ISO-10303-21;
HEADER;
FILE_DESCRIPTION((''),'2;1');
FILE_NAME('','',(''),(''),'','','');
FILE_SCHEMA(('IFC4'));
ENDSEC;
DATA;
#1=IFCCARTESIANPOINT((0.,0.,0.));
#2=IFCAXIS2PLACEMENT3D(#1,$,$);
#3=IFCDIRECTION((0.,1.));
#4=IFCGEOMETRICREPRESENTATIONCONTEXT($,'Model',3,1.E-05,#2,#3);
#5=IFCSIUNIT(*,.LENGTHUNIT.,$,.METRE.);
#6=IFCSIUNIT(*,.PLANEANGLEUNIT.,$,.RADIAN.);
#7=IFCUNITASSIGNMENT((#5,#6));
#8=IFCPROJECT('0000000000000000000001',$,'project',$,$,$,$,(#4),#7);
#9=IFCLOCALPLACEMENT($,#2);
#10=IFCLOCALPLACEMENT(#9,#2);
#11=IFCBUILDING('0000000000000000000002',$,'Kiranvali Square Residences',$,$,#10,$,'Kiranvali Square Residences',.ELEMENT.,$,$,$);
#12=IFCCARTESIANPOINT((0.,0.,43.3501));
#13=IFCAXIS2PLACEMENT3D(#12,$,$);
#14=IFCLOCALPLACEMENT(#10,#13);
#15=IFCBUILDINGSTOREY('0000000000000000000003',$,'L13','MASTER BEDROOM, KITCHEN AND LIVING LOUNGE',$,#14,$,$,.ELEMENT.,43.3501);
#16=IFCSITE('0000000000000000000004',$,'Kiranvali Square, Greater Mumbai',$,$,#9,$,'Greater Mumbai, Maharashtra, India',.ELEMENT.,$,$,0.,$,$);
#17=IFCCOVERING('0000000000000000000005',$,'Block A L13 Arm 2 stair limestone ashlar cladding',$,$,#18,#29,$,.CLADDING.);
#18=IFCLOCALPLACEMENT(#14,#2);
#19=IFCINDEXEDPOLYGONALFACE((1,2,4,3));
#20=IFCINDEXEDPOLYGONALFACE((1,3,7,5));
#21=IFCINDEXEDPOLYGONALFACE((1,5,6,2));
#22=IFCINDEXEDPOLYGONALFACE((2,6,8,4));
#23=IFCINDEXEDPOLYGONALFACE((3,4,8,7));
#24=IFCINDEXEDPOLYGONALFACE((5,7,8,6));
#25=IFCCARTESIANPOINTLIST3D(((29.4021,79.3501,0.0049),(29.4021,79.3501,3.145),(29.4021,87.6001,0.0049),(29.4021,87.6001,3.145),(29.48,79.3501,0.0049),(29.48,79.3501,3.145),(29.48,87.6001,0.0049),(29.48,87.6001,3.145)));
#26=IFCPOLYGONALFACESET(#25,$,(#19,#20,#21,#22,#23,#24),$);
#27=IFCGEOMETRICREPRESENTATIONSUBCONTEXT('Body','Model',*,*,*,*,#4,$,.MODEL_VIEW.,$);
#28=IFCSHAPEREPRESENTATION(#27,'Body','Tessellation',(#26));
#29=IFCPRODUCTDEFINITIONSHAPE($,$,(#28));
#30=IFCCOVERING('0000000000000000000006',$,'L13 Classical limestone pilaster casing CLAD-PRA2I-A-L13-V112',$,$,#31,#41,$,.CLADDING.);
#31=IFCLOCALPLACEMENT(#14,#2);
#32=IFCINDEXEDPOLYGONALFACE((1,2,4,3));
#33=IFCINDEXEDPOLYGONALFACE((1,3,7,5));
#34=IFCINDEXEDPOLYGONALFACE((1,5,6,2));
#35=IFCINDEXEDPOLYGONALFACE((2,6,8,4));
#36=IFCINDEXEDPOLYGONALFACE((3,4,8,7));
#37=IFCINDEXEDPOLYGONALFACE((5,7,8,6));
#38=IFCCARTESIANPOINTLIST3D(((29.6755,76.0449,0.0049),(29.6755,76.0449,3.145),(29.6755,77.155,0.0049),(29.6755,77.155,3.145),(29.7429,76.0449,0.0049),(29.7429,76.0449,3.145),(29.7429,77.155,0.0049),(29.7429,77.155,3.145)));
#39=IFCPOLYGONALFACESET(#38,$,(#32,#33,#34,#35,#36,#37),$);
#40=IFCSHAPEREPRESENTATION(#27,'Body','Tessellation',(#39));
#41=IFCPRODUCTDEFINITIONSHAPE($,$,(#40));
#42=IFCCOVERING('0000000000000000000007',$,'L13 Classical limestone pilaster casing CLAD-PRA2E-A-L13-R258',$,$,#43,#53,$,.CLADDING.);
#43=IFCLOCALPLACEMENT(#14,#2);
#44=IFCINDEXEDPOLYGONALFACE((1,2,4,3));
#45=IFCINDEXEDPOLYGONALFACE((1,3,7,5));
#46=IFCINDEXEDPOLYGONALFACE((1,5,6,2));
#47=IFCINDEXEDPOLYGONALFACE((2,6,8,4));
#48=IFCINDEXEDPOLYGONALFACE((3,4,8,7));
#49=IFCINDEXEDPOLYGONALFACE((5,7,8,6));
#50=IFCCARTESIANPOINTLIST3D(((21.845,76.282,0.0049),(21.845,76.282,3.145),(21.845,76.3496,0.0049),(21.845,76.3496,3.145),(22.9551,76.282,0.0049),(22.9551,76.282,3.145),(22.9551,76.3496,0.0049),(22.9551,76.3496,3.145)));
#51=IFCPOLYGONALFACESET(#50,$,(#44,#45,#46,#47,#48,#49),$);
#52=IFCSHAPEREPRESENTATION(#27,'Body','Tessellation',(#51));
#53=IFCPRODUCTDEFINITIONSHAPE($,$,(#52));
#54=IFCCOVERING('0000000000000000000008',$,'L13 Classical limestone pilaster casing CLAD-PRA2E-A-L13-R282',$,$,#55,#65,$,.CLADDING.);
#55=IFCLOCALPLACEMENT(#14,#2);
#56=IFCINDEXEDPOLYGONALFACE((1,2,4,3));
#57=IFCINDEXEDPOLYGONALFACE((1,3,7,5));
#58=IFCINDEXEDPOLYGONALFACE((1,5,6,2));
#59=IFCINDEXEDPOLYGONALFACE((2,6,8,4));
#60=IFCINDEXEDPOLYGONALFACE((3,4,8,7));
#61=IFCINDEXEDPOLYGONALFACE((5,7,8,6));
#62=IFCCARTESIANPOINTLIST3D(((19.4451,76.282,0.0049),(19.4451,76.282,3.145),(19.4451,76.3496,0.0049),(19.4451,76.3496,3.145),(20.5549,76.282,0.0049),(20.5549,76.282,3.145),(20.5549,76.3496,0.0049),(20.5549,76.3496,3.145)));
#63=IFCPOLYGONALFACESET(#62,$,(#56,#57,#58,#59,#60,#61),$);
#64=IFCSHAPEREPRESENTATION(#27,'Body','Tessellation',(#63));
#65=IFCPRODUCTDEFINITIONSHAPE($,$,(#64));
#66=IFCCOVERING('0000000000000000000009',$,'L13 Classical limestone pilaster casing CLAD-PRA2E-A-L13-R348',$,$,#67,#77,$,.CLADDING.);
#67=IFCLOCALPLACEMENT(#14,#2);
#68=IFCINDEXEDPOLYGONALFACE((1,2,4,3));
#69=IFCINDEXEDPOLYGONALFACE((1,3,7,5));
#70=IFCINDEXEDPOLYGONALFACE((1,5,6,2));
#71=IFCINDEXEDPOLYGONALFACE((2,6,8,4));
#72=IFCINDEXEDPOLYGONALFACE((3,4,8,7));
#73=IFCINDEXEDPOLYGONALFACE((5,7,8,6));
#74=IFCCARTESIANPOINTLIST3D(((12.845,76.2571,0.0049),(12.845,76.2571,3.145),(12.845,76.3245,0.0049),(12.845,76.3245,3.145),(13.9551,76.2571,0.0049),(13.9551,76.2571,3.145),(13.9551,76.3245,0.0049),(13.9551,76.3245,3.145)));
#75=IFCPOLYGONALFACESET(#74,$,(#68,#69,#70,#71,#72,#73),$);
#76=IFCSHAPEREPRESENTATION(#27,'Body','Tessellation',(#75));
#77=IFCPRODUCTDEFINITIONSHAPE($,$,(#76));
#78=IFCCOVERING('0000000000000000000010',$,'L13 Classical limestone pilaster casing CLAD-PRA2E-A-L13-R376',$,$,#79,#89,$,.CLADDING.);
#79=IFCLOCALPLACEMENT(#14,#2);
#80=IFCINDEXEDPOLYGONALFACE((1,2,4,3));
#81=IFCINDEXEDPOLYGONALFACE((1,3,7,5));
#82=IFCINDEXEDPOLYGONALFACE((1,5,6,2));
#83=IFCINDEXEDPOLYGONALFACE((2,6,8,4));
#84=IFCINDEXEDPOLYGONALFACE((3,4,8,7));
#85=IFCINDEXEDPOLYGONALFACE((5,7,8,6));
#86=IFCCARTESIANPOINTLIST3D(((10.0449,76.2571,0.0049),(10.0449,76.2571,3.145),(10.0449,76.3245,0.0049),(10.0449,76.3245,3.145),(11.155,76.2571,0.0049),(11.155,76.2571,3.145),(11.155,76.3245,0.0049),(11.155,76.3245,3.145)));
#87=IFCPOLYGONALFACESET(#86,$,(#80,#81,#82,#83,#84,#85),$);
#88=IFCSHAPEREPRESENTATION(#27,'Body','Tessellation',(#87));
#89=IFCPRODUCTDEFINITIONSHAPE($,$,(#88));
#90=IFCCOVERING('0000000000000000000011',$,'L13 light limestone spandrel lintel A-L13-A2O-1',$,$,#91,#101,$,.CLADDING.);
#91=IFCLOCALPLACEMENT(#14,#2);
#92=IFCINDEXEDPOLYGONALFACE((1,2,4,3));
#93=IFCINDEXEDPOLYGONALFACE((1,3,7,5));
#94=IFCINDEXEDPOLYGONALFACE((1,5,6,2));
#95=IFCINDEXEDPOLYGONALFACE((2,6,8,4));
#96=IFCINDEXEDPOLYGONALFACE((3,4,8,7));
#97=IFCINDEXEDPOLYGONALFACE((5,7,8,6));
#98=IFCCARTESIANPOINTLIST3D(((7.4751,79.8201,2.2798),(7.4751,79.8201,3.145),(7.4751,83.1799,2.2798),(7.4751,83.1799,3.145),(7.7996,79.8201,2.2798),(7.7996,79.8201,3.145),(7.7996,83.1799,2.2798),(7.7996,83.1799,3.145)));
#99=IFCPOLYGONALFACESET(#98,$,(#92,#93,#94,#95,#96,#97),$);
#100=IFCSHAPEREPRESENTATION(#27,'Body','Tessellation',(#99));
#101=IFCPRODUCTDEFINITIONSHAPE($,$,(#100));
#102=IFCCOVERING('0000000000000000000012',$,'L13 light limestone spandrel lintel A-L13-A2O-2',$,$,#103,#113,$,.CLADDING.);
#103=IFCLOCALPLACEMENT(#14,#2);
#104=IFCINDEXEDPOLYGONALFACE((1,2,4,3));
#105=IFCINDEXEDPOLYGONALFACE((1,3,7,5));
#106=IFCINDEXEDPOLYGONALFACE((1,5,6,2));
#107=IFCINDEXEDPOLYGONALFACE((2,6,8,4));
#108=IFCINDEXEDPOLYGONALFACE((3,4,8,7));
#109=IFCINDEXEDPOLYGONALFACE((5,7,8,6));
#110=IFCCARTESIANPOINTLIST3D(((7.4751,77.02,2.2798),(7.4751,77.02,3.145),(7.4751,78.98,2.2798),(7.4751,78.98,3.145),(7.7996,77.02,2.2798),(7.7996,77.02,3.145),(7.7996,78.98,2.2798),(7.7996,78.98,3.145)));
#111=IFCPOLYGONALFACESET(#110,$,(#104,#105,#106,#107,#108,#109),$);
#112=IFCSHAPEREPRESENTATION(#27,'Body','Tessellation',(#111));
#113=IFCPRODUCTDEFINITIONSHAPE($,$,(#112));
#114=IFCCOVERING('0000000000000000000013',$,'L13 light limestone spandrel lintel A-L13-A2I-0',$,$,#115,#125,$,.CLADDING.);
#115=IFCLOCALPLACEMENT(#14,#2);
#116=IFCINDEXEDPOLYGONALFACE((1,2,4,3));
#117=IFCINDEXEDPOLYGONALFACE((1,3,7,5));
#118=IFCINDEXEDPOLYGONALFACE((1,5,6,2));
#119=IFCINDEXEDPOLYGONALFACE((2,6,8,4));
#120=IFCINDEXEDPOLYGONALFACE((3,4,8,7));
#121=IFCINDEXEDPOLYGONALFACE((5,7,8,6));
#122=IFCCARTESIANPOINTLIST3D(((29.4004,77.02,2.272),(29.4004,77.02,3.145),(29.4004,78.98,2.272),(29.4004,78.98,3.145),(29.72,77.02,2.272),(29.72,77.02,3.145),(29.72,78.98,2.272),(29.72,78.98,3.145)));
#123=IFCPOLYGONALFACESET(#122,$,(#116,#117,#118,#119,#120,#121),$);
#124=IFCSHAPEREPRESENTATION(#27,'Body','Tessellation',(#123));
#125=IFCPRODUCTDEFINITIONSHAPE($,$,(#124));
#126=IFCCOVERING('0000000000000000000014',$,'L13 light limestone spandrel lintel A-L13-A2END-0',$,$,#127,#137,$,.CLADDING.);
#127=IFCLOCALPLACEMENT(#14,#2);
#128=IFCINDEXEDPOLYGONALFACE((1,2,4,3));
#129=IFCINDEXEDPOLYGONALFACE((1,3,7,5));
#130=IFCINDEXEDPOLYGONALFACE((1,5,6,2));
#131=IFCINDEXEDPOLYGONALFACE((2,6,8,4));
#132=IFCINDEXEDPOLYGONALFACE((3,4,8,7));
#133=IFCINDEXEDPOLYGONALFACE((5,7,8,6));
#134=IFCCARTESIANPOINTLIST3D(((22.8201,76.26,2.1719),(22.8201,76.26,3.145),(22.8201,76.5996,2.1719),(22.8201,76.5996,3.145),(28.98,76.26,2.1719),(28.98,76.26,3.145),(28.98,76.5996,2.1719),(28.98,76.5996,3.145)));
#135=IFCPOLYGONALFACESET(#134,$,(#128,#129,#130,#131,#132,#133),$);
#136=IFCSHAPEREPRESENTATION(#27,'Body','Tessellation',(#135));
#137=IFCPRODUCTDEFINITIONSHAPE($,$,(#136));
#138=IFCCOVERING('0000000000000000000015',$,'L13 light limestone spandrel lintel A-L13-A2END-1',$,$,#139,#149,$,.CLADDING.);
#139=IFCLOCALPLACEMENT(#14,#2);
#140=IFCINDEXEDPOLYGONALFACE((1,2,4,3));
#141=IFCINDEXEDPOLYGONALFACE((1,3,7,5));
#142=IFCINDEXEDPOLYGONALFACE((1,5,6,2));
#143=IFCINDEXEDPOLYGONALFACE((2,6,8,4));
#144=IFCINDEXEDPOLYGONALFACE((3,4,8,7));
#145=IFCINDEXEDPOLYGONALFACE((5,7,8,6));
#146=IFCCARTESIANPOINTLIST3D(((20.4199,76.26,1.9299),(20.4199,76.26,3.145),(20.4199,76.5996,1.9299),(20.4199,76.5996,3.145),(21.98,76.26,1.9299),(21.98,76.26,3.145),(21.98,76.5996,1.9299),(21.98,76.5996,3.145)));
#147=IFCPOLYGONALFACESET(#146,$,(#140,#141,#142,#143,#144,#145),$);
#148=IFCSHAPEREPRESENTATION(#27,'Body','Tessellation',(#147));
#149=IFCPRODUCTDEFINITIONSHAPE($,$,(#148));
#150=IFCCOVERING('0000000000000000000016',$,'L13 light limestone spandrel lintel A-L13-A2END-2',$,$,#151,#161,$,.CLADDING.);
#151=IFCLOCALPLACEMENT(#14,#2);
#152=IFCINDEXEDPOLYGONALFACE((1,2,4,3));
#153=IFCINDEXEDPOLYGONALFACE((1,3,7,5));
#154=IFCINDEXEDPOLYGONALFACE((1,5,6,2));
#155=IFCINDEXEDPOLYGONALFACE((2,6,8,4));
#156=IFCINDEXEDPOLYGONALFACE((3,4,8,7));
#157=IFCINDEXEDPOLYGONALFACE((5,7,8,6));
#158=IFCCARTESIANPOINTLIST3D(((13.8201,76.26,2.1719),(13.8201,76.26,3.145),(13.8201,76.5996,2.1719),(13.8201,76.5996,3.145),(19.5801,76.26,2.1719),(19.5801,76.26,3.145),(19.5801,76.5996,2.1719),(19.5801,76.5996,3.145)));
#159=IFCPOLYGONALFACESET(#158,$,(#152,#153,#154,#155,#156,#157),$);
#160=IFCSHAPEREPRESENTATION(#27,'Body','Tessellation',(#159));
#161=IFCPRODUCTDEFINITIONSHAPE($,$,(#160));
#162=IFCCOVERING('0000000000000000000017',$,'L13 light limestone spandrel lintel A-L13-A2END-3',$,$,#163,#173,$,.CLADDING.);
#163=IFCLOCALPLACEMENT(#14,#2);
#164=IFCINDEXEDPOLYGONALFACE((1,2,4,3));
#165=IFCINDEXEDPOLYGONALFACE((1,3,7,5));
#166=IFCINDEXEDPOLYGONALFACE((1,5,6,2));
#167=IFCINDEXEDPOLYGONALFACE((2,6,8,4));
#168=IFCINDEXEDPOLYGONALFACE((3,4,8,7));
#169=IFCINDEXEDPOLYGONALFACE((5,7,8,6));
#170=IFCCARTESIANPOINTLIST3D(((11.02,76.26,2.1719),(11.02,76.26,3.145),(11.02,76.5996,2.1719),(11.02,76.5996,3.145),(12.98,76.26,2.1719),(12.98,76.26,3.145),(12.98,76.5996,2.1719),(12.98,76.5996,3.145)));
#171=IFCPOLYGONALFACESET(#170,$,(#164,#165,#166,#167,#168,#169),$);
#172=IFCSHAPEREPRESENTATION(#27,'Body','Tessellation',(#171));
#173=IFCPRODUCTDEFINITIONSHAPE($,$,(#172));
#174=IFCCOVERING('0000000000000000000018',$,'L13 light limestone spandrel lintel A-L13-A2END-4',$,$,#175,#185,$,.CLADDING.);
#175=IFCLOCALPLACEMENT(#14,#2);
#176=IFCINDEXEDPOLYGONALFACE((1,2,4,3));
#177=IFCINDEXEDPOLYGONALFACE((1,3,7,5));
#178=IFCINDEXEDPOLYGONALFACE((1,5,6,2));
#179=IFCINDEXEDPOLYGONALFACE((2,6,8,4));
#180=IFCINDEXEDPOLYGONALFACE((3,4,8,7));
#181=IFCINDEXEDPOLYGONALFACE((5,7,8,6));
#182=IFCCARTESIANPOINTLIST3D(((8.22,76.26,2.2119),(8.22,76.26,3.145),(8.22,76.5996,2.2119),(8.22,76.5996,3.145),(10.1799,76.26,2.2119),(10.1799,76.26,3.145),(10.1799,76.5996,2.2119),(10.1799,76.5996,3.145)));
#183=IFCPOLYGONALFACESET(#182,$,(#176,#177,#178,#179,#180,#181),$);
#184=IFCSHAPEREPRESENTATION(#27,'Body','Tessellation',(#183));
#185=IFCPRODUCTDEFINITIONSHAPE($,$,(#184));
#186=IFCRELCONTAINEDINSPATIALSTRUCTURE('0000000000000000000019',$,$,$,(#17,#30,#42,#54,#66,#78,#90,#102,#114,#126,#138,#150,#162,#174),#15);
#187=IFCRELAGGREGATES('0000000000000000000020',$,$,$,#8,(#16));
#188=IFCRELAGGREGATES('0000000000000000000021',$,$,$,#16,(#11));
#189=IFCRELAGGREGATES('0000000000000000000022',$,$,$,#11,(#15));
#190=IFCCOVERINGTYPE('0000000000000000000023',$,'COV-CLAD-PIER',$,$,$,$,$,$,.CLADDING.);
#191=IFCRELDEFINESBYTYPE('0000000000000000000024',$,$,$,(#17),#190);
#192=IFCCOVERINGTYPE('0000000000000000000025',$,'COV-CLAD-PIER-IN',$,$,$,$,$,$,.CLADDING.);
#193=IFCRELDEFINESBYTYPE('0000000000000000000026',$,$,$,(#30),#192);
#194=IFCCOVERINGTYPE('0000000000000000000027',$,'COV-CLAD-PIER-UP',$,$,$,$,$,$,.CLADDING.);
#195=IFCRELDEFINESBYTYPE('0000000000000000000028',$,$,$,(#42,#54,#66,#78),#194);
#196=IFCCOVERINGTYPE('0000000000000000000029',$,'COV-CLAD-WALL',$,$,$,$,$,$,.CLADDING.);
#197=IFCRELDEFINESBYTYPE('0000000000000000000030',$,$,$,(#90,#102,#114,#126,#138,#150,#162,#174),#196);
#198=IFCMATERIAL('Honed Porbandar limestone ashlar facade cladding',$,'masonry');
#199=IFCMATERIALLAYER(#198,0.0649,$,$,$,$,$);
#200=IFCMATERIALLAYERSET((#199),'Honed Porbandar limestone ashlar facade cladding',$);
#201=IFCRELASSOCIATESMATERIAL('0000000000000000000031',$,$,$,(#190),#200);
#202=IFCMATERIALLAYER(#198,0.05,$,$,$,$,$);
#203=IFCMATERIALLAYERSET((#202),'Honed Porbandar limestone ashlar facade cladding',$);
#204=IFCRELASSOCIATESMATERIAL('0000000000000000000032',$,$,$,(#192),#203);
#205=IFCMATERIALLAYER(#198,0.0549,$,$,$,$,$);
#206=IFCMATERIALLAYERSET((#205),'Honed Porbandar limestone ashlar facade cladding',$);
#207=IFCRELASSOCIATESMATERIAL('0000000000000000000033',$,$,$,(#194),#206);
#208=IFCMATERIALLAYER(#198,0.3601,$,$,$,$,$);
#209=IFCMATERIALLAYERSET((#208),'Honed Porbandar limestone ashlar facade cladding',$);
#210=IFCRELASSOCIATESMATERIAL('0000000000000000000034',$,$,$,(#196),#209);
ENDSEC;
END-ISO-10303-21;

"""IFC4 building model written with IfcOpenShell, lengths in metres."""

from ifc_helpers import new_model, si_unit, direction, frame, origin, place, context, subcontext, project, spatial, polyline, outline, extrude, material, layer, layer_set, type_object, element, save


model = new_model("IFC4")

# Units and contexts
model_context = context("Model", 3, precision=1e-05, world=origin(), true_north=direction((0.0, 1.0)))
body_context = subcontext(model_context, "Body", "Model", "MODEL_VIEW")
ifc_project = project(units=[si_unit("LENGTHUNIT", "METRE"), si_unit("PLANEANGLEUNIT", "RADIAN")], contexts=[model_context])

# Site, building, storey
site_placement = place(None, origin())
site = spatial("IfcSite", under=ifc_project, at=site_placement, Name="Kiranvali Square, Greater Mumbai", LongName="Greater Mumbai, Maharashtra, India", CompositionType="ELEMENT", RefElevation=0.0)
building_placement = place(site_placement, origin())
building = spatial("IfcBuilding", under=site, at=building_placement, Name="Kiranvali Square Residences", LongName="Kiranvali Square Residences", CompositionType="ELEMENT")
storey_placement = place(building_placement, frame((0.0, 0.0, 43.3501)))
storey = spatial("IfcBuildingStorey", under=building, at=storey_placement, Name="L13", Description="MASTER BEDROOM, KITCHEN AND LIVING LOUNGE", CompositionType="ELEMENT", Elevation=43.3501)

# Coverings
ifc_material = material(Name="Honed Porbandar limestone ashlar facade cladding", Category="masonry")
ifc_layer_1 = layer(ifc_material, 0.0649)
ifc_layer_set_1 = layer_set([ifc_layer_1], Name="Honed Porbandar limestone ashlar facade cladding")
covering_type_1 = type_object("IfcCoveringType", Name="COV-CLAD-PIER", PredefinedType="CLADDING", material=ifc_layer_set_1)
covering_1_placement = place(storey_placement, frame((0.0, 0.0, 0.0049)))
element("IfcCovering", 1, at=covering_1_placement, inside=storey, type_object=covering_type_1, Name="Block A L13 Arm 2 stair limestone ashlar cladding", PredefinedType="CLADDING", context=body_context, shape_type="SweptSolid", body=[
    extrude(outline(polyline([(29.4021, 87.6001), (29.4021, 79.3501), (29.48, 79.3501), (29.48, 87.6001), (29.4021, 87.6001)])), origin(), (0.0, 0.0, 1.0), 3.1401),
])
ifc_layer_2 = layer(ifc_material, 0.05)
ifc_layer_set_2 = layer_set([ifc_layer_2], Name="Honed Porbandar limestone ashlar facade cladding")
covering_type_2 = type_object("IfcCoveringType", Name="COV-CLAD-PIER-IN", PredefinedType="CLADDING", material=ifc_layer_set_2)
covering_2_placement = place(storey_placement, frame((0.0, 0.0, 0.0049)))
element("IfcCovering", 2, at=covering_2_placement, inside=storey, type_object=covering_type_2, Name="L13 Classical limestone pilaster casing CLAD-PRA2I-A-L13-V112", PredefinedType="CLADDING", context=body_context, shape_type="SweptSolid", body=[
    extrude(outline(polyline([(29.6755, 77.155), (29.6755, 76.0449), (29.7429, 76.0449), (29.7429, 77.155), (29.6755, 77.155)])), origin(), (0.0, 0.0, 1.0), 3.1401),
])
ifc_layer_3 = layer(ifc_material, 0.0549)
ifc_layer_set_3 = layer_set([ifc_layer_3], Name="Honed Porbandar limestone ashlar facade cladding")
covering_type_3 = type_object("IfcCoveringType", Name="COV-CLAD-PIER-UP", PredefinedType="CLADDING", material=ifc_layer_set_3)
covering_3_placement = place(storey_placement, frame((0.0, 0.0, 0.0049)))
element("IfcCovering", 3, at=covering_3_placement, inside=storey, type_object=covering_type_3, Name="L13 Classical limestone pilaster casing CLAD-PRA2E-A-L13-R258", PredefinedType="CLADDING", context=body_context, shape_type="SweptSolid", body=[
    extrude(outline(polyline([(22.9551, 76.3496), (21.845, 76.3496), (21.845, 76.282), (22.9551, 76.282), (22.9551, 76.3496)])), origin(), (0.0, 0.0, 1.0), 3.1401),
])
covering_4_placement = place(storey_placement, frame((0.0, 0.0, 0.0049)))
element("IfcCovering", 4, at=covering_4_placement, inside=storey, type_object=covering_type_3, Name="L13 Classical limestone pilaster casing CLAD-PRA2E-A-L13-R282", PredefinedType="CLADDING", context=body_context, shape_type="SweptSolid", body=[
    extrude(outline(polyline([(20.5549, 76.3496), (19.4451, 76.3496), (19.4451, 76.282), (20.5549, 76.282), (20.5549, 76.3496)])), origin(), (0.0, 0.0, 1.0), 3.1401),
])
covering_5_placement = place(storey_placement, frame((0.0, 0.0, 0.0049)))
element("IfcCovering", 5, at=covering_5_placement, inside=storey, type_object=covering_type_3, Name="L13 Classical limestone pilaster casing CLAD-PRA2E-A-L13-R348", PredefinedType="CLADDING", context=body_context, shape_type="SweptSolid", body=[
    extrude(outline(polyline([(13.9551, 76.3245), (12.845, 76.3245), (12.845, 76.2571), (13.9551, 76.2571), (13.9551, 76.3245)])), origin(), (0.0, 0.0, 1.0), 3.1401),
])
covering_6_placement = place(storey_placement, frame((0.0, 0.0, 0.0049)))
element("IfcCovering", 6, at=covering_6_placement, inside=storey, type_object=covering_type_3, Name="L13 Classical limestone pilaster casing CLAD-PRA2E-A-L13-R376", PredefinedType="CLADDING", context=body_context, shape_type="SweptSolid", body=[
    extrude(outline(polyline([(11.155, 76.3245), (10.0449, 76.3245), (10.0449, 76.2571), (11.155, 76.2571), (11.155, 76.3245)])), origin(), (0.0, 0.0, 1.0), 3.1401),
])
ifc_layer_4 = layer(ifc_material, 0.3601)
ifc_layer_set_4 = layer_set([ifc_layer_4], Name="Honed Porbandar limestone ashlar facade cladding")
covering_type_4 = type_object("IfcCoveringType", Name="COV-CLAD-WALL", PredefinedType="CLADDING", material=ifc_layer_set_4)
covering_7_placement = place(storey_placement, frame((0.0, 0.0, 2.2798)))
element("IfcCovering", 7, at=covering_7_placement, inside=storey, type_object=covering_type_4, Name="L13 light limestone spandrel lintel A-L13-A2O-1", PredefinedType="CLADDING", context=body_context, shape_type="SweptSolid", body=[
    extrude(outline(polyline([(7.4751, 83.1799), (7.4751, 79.8201), (7.7996, 79.8201), (7.7996, 83.1799), (7.4751, 83.1799)])), origin(), (0.0, 0.0, 1.0), 0.8652),
])
covering_8_placement = place(storey_placement, frame((0.0, 0.0, 2.2798)))
element("IfcCovering", 8, at=covering_8_placement, inside=storey, type_object=covering_type_4, Name="L13 light limestone spandrel lintel A-L13-A2O-2", PredefinedType="CLADDING", context=body_context, shape_type="SweptSolid", body=[
    extrude(outline(polyline([(7.4751, 78.98), (7.4751, 77.02), (7.7996, 77.02), (7.7996, 78.98), (7.4751, 78.98)])), origin(), (0.0, 0.0, 1.0), 0.8652),
])
covering_9_placement = place(storey_placement, frame((0.0, 0.0, 2.272)))
element("IfcCovering", 9, at=covering_9_placement, inside=storey, type_object=covering_type_4, Name="L13 light limestone spandrel lintel A-L13-A2I-0", PredefinedType="CLADDING", context=body_context, shape_type="SweptSolid", body=[
    extrude(outline(polyline([(29.4004, 78.98), (29.4004, 77.02), (29.72, 77.02), (29.72, 78.98), (29.4004, 78.98)])), origin(), (0.0, 0.0, 1.0), 0.873),
])
covering_10_placement = place(storey_placement, frame((0.0, 0.0, 2.1719)))
element("IfcCovering", 10, at=covering_10_placement, inside=storey, type_object=covering_type_4, Name="L13 light limestone spandrel lintel A-L13-A2END-0", PredefinedType="CLADDING", context=body_context, shape_type="SweptSolid", body=[
    extrude(outline(polyline([(28.98, 76.5996), (22.8201, 76.5996), (22.8201, 76.26), (28.98, 76.26), (28.98, 76.5996)])), origin(), (0.0, 0.0, 1.0), 0.9731),
])
covering_11_placement = place(storey_placement, frame((0.0, 0.0, 1.9299)))
element("IfcCovering", 11, at=covering_11_placement, inside=storey, type_object=covering_type_4, Name="L13 light limestone spandrel lintel A-L13-A2END-1", PredefinedType="CLADDING", context=body_context, shape_type="SweptSolid", body=[
    extrude(outline(polyline([(21.98, 76.5996), (20.4199, 76.5996), (20.4199, 76.26), (21.98, 76.26), (21.98, 76.5996)])), origin(), (0.0, 0.0, 1.0), 1.2151),
])
covering_12_placement = place(storey_placement, frame((0.0, 0.0, 2.1719)))
element("IfcCovering", 12, at=covering_12_placement, inside=storey, type_object=covering_type_4, Name="L13 light limestone spandrel lintel A-L13-A2END-2", PredefinedType="CLADDING", context=body_context, shape_type="SweptSolid", body=[
    extrude(outline(polyline([(19.5801, 76.5996), (13.8201, 76.5996), (13.8201, 76.26), (19.5801, 76.26), (19.5801, 76.5996)])), origin(), (0.0, 0.0, 1.0), 0.9731),
])
covering_13_placement = place(storey_placement, frame((0.0, 0.0, 2.1719)))
element("IfcCovering", 13, at=covering_13_placement, inside=storey, type_object=covering_type_4, Name="L13 light limestone spandrel lintel A-L13-A2END-3", PredefinedType="CLADDING", context=body_context, shape_type="SweptSolid", body=[
    extrude(outline(polyline([(12.98, 76.5996), (11.02, 76.5996), (11.02, 76.26), (12.98, 76.26), (12.98, 76.5996)])), origin(), (0.0, 0.0, 1.0), 0.9731),
])
covering_14_placement = place(storey_placement, frame((0.0, 0.0, 2.2119)))
element("IfcCovering", 14, at=covering_14_placement, inside=storey, type_object=covering_type_4, Name="L13 light limestone spandrel lintel A-L13-A2END-4", PredefinedType="CLADDING", context=body_context, shape_type="SweptSolid", body=[
    extrude(outline(polyline([(10.1799, 76.5996), (8.22, 76.5996), (8.22, 76.26), (10.1799, 76.26), (10.1799, 76.5996)])), origin(), (0.0, 0.0, 1.0), 0.9331),
])

save(model, "model.ifc")
